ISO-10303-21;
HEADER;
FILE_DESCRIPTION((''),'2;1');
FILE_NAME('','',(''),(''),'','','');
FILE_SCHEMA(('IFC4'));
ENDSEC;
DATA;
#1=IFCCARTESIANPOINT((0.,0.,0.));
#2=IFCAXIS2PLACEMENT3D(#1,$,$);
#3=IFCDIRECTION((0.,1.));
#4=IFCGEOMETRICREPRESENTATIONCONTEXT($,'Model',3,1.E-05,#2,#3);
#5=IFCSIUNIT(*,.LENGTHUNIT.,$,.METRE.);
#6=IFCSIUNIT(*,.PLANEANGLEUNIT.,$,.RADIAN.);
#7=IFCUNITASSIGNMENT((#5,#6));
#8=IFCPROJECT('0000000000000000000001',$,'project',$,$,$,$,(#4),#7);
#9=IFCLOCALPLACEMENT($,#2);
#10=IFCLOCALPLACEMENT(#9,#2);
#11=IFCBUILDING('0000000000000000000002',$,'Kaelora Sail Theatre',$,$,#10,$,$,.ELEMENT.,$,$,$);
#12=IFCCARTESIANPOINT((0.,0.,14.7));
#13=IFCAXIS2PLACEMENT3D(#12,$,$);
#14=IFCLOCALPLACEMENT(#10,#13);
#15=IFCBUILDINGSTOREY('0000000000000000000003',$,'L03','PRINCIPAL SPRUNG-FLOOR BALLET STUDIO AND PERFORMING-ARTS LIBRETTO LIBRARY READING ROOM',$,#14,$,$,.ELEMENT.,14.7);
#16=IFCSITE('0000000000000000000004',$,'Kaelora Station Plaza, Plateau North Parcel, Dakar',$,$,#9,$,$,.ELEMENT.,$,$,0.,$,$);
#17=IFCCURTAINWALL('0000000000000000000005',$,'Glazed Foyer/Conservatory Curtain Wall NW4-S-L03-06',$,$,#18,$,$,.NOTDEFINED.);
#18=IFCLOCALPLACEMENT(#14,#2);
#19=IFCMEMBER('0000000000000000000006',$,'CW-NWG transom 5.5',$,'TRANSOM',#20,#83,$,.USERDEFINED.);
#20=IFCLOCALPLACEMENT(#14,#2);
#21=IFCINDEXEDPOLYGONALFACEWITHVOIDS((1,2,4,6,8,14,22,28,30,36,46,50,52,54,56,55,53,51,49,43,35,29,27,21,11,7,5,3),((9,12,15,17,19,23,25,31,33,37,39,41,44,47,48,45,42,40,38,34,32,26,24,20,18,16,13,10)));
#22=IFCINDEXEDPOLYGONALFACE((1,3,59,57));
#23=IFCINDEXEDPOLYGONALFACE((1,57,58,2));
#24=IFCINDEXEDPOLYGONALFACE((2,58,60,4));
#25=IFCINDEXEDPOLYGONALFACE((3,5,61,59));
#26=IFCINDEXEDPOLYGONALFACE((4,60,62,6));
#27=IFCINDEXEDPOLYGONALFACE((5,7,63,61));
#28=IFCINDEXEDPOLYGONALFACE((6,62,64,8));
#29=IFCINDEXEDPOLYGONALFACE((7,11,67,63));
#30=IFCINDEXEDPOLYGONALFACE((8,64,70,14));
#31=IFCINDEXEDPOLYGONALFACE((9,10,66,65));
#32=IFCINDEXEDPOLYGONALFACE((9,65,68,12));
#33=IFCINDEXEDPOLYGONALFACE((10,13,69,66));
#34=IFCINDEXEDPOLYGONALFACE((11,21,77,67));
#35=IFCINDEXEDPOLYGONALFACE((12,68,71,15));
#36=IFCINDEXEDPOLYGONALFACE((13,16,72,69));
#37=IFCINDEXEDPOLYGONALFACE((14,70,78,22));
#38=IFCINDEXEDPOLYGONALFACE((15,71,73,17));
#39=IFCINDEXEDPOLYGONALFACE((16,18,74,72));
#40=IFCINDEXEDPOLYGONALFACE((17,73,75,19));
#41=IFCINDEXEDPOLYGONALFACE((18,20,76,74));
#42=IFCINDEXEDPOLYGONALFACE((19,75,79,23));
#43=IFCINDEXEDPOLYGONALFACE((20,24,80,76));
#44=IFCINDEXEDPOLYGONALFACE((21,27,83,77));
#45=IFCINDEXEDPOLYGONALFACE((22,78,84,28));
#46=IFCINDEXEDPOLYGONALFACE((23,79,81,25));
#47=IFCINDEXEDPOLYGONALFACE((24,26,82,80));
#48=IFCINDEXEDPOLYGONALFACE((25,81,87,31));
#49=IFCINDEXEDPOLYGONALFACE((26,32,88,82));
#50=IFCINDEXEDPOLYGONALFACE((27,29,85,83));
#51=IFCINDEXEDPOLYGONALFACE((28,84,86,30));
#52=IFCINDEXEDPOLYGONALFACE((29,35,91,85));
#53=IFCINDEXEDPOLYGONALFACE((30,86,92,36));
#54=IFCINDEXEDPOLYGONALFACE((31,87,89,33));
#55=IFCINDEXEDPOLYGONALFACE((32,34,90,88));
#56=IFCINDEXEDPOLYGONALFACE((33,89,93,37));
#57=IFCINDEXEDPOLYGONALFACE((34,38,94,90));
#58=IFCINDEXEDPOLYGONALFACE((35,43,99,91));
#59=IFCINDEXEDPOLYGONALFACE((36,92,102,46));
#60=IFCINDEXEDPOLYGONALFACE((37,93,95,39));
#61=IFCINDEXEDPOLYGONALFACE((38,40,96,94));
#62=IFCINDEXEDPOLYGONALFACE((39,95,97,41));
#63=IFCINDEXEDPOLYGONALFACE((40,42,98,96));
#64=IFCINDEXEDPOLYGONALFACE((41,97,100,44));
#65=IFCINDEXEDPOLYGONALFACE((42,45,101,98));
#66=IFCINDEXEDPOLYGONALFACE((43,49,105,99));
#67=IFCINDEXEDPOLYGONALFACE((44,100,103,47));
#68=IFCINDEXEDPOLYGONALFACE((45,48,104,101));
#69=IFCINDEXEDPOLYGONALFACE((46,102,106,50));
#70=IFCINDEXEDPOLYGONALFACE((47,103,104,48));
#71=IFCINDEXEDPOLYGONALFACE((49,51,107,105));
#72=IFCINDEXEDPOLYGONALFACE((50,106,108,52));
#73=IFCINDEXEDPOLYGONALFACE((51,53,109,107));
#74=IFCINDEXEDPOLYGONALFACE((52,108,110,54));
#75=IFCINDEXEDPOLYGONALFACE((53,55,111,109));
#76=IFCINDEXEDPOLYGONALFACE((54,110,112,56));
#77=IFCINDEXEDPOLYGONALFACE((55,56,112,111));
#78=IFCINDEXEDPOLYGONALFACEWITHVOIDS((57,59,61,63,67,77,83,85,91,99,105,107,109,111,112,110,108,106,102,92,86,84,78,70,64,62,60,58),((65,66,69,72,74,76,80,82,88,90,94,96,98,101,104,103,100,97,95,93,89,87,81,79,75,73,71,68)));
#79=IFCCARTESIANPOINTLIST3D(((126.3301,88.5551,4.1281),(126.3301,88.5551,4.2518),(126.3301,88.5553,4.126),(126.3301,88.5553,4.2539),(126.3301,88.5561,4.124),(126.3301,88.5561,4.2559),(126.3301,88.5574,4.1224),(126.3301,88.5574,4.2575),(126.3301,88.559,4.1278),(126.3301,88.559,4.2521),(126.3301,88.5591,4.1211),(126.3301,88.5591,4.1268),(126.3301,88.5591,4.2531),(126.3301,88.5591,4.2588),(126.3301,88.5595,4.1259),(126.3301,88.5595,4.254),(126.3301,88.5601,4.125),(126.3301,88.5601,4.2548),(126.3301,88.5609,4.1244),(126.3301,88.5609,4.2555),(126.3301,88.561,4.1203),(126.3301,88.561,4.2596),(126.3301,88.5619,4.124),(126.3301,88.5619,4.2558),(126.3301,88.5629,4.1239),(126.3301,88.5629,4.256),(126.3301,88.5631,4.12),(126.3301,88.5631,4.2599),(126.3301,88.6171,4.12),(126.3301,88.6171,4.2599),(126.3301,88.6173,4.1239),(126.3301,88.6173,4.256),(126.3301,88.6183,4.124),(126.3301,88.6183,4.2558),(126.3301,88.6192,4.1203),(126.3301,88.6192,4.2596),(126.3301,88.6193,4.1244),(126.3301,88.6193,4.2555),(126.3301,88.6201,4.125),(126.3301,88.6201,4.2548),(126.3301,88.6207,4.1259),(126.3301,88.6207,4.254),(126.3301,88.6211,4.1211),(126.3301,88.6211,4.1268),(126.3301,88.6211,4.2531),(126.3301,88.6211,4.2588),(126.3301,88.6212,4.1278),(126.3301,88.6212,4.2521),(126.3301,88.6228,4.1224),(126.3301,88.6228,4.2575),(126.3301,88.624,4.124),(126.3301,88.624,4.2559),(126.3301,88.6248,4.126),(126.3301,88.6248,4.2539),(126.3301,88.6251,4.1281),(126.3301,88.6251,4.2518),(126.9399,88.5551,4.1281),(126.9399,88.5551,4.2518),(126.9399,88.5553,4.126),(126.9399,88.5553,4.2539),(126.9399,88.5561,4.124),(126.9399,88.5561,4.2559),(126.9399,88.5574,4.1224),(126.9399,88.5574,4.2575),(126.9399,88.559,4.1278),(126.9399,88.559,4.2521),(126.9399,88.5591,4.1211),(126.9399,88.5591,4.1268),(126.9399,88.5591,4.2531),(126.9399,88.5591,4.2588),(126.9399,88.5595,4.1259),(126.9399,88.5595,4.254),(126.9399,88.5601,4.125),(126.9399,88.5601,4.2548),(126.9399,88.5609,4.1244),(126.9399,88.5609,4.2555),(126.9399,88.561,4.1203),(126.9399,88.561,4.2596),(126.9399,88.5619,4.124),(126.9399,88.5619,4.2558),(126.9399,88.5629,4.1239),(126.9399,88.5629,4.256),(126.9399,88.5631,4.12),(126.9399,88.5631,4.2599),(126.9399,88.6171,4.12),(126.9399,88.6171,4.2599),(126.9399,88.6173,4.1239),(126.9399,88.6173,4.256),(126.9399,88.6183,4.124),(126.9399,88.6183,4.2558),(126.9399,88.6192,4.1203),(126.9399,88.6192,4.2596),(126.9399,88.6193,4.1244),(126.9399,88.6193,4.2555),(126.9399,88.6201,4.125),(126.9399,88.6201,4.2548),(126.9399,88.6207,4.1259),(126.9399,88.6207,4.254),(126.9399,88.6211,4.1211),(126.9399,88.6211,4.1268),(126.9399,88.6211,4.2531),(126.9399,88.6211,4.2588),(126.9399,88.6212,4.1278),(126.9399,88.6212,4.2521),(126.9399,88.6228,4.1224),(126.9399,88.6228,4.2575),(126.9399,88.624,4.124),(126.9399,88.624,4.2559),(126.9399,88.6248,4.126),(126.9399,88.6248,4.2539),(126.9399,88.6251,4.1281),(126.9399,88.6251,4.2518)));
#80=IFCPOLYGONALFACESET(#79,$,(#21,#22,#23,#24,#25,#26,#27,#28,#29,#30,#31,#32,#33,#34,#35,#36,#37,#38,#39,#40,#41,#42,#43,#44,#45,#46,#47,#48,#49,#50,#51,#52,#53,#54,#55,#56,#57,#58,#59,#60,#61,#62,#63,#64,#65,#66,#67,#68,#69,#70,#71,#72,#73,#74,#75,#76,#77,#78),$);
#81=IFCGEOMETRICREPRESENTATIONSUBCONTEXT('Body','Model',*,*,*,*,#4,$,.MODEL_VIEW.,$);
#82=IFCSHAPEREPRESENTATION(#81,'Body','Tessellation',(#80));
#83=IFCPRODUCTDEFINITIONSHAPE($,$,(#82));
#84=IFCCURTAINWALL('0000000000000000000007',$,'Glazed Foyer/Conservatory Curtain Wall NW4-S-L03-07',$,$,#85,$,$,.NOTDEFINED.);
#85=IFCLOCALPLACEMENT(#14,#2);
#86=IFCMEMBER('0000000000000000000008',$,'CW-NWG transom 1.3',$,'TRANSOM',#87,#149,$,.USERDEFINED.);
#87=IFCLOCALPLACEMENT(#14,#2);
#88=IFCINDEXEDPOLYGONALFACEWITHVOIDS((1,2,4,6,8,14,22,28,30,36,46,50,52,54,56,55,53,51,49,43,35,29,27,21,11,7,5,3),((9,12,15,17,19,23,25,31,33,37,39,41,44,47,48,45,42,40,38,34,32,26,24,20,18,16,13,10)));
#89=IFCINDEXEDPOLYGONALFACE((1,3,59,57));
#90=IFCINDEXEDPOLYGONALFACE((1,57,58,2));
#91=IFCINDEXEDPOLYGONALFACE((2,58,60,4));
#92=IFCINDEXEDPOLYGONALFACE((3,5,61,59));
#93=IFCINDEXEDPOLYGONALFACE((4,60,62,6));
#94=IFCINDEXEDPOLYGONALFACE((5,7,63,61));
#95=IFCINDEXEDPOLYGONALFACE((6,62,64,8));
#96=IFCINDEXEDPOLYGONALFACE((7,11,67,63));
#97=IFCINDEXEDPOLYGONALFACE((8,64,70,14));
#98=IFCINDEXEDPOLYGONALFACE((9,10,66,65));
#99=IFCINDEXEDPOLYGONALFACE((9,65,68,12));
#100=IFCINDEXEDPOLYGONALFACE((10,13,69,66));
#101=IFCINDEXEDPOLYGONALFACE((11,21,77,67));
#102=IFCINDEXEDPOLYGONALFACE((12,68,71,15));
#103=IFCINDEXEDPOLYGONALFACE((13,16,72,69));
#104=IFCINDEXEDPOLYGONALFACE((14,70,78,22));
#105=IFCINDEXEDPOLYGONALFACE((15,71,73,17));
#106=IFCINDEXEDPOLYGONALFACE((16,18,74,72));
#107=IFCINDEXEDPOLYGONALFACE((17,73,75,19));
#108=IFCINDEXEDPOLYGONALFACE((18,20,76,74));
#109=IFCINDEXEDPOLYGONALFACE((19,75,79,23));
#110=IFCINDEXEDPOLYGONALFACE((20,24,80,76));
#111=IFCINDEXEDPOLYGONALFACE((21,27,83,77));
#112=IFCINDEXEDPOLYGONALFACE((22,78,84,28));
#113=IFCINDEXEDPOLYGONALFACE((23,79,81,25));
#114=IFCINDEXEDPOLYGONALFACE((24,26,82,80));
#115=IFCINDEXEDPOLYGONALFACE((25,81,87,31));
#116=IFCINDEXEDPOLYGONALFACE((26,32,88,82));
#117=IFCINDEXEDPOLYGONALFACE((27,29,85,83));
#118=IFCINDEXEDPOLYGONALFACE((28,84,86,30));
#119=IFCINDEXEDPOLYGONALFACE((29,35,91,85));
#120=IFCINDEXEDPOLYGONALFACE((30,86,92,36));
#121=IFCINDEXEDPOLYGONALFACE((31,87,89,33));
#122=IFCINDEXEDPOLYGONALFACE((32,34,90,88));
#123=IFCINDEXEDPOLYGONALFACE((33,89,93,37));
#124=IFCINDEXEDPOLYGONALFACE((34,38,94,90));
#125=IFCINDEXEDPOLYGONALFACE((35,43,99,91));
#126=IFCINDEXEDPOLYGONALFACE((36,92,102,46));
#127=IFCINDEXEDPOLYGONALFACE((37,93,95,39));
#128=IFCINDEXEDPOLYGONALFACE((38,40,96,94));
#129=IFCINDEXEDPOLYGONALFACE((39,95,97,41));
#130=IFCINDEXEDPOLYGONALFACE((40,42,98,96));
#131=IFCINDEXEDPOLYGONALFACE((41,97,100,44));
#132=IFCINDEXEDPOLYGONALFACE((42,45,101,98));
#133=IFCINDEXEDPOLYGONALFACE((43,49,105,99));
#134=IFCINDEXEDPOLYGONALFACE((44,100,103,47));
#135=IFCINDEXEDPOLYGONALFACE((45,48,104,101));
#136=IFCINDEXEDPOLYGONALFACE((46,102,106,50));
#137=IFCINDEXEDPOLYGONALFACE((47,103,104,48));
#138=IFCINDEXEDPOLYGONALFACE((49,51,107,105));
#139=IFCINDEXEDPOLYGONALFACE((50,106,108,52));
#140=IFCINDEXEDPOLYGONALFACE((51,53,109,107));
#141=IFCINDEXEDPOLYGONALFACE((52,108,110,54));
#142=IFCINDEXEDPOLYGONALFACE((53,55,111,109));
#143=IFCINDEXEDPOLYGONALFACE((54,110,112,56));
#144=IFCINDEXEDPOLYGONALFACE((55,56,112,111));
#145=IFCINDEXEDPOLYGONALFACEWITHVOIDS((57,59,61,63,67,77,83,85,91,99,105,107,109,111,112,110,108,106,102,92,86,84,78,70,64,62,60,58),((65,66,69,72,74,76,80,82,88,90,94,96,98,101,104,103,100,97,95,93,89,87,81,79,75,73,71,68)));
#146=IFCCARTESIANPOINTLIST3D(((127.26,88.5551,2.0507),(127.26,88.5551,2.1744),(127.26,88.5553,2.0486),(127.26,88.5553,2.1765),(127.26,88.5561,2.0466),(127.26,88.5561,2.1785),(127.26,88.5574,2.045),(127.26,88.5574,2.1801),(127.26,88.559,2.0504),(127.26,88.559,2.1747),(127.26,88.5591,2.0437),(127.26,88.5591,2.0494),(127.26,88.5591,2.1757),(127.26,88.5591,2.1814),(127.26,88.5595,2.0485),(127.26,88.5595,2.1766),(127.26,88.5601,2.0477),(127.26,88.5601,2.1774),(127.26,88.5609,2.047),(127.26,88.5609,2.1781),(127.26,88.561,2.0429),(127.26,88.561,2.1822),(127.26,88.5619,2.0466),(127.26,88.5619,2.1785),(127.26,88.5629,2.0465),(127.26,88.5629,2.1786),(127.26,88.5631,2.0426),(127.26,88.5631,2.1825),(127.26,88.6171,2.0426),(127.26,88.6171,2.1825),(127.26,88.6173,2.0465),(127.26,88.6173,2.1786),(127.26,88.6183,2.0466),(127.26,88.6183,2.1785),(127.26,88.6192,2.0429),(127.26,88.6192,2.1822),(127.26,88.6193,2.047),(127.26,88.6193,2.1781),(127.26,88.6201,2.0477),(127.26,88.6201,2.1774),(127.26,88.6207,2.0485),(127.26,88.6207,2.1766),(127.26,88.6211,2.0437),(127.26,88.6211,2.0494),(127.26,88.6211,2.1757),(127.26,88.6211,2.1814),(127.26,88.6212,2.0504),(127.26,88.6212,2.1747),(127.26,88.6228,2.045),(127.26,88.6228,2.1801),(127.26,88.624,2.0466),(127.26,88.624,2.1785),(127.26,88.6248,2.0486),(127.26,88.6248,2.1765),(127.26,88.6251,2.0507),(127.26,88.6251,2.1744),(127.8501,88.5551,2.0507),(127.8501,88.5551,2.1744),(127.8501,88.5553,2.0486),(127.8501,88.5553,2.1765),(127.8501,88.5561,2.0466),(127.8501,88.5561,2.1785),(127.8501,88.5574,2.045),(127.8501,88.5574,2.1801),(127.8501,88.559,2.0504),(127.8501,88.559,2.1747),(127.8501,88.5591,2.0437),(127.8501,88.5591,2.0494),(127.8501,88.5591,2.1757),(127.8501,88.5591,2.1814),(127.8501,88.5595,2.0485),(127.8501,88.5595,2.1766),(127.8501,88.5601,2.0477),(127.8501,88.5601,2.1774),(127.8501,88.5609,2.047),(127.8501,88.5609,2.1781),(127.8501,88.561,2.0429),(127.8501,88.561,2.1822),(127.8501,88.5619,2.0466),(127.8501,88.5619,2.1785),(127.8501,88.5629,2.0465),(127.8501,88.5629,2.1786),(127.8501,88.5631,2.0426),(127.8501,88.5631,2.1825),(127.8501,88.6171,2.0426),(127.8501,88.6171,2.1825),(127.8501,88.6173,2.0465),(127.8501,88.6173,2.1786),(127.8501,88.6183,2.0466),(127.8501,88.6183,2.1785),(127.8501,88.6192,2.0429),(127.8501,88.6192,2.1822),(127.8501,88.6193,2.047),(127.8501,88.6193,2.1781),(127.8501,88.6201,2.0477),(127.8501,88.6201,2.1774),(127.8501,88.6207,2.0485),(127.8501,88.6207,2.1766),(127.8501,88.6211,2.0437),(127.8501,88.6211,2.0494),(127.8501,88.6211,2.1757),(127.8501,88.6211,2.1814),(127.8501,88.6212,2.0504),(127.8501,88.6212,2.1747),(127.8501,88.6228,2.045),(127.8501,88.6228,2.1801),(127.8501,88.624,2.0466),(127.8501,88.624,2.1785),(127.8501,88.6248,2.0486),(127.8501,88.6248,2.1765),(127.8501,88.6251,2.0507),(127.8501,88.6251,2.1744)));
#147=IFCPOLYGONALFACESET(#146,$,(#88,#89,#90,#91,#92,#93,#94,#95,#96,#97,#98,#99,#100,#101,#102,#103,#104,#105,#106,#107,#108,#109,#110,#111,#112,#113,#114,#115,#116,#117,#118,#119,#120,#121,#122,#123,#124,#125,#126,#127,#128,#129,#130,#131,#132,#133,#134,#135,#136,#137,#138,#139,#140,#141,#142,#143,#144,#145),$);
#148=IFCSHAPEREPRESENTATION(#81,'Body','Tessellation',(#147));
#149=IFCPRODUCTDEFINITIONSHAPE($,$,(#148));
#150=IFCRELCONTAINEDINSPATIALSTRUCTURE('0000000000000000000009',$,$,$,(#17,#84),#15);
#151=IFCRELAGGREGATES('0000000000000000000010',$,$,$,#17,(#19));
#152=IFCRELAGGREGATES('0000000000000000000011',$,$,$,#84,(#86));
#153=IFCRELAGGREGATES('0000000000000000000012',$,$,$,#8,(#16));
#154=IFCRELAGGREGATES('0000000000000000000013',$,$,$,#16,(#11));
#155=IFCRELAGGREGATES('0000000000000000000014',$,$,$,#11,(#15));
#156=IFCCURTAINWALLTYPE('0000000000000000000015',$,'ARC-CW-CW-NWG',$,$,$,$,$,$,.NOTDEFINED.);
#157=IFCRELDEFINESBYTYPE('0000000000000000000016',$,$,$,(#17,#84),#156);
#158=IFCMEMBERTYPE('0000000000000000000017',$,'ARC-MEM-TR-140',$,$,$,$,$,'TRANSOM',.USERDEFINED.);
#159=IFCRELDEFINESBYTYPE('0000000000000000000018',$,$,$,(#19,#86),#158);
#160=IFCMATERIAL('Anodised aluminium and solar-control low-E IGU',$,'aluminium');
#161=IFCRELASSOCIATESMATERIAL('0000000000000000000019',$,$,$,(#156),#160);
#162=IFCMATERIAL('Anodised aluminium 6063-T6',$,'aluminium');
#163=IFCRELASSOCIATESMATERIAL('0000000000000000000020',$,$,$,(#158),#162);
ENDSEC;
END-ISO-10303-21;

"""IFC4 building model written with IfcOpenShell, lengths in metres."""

from ifc_helpers import new_model, si_unit, direction, frame, origin, origin_2d, place, context, subcontext, project, spatial, hollow_rectangle, extrude, material, material_profile, profile_set, type_object, element, aggregate, save


model = new_model("IFC4")

# Units and contexts
model_context = context("Model", 3, precision=1e-05, world=origin(), true_north=direction((0.0, 1.0)))
body_context = subcontext(model_context, "Body", "Model", "MODEL_VIEW")
ifc_project = project(units=[si_unit("LENGTHUNIT", "METRE"), si_unit("PLANEANGLEUNIT", "RADIAN")], contexts=[model_context])

# Site, building, storey
site_placement = place(None, origin())
site = spatial("IfcSite", under=ifc_project, at=site_placement, Name="Kaelora Station Plaza, Plateau North Parcel, Dakar", CompositionType="ELEMENT", RefElevation=0.0)
building_placement = place(site_placement, origin())
building = spatial("IfcBuilding", under=site, at=building_placement, Name="Kaelora Sail Theatre", CompositionType="ELEMENT")
storey_placement = place(building_placement, frame((0.0, 0.0, 14.7)))
storey = spatial("IfcBuildingStorey", under=building, at=storey_placement, Name="L03", Description="PRINCIPAL SPRUNG-FLOOR BALLET STUDIO AND PERFORMING-ARTS LIBRETTO LIBRARY READING ROOM", CompositionType="ELEMENT", Elevation=14.7)

# Curtain walls, members
ifc_material_1 = material(Name="Anodised aluminium and solar-control low-E IGU", Category="aluminium")
curtain_wall_type = type_object("IfcCurtainWallType", Name="ARC-CW-CW-NWG", PredefinedType="NOTDEFINED", material=ifc_material_1)
curtain_wall_1_placement = place(storey_placement, origin())
curtain_wall_1 = element("IfcCurtainWall", 1, at=curtain_wall_1_placement, inside=storey, type_object=curtain_wall_type, Name="Glazed Foyer/Conservatory Curtain Wall NW4-S-L03-06", PredefinedType="NOTDEFINED")
ifc_material_2 = material(Name="Anodised aluminium 6063-T6", Category="aluminium")
ifc_material_profile = material_profile(ifc_material_2, hollow_rectangle(XDim=0.0701, YDim=0.1399, WallThickness=0.0039, InnerFilletRadius=0.0039, OuterFilletRadius=0.0081, at=origin_2d()), Name="ALU-TRAN 70x140x4")
ifc_profile_set = profile_set([ifc_material_profile], Name="Anodised aluminium 6063-T6")
member_type = type_object("IfcMemberType", Name="ARC-MEM-TR-140", ElementType="TRANSOM", PredefinedType="USERDEFINED", material=ifc_profile_set)
member_1_placement = place(storey_placement, frame((126.3301, 88.5901, 4.1899), z_axis=(1.0, 0.0, 0.0), x_axis=(0.0, 1.0, 0.0)))
member_1 = element("IfcMember", 2, at=member_1_placement, type_object=member_type, Name="CW-NWG transom 5.5", ObjectType="TRANSOM", PredefinedType="USERDEFINED", context=body_context, shape_type="SweptSolid", body=[
    extrude(hollow_rectangle(XDim=0.0701, YDim=0.1399, WallThickness=0.0039, InnerFilletRadius=0.0039, OuterFilletRadius=0.0081, at=origin_2d()), origin(), (0.0, 0.0, 1.0), 0.6099),
])
curtain_wall_2_placement = place(storey_placement, origin())
curtain_wall_2 = element("IfcCurtainWall", 3, at=curtain_wall_2_placement, inside=storey, type_object=curtain_wall_type, Name="Glazed Foyer/Conservatory Curtain Wall NW4-S-L03-07", PredefinedType="NOTDEFINED")
member_2_placement = place(storey_placement, frame((127.26, 88.5901, 2.1125), z_axis=(1.0, 0.0, 0.0), x_axis=(0.0, 1.0, 0.0)))
member_2 = element("IfcMember", 4, at=member_2_placement, type_object=member_type, Name="CW-NWG transom 1.3", ObjectType="TRANSOM", PredefinedType="USERDEFINED", context=body_context, shape_type="SweptSolid", body=[
    extrude(hollow_rectangle(XDim=0.0701, YDim=0.1399, WallThickness=0.0039, InnerFilletRadius=0.0039, OuterFilletRadius=0.0081, at=origin_2d()), origin(), (0.0, 0.0, 1.0), 0.5901),
])

aggregate(curtain_wall_1, [member_1])
aggregate(curtain_wall_2, [member_2])

save(model, "model.ifc")
